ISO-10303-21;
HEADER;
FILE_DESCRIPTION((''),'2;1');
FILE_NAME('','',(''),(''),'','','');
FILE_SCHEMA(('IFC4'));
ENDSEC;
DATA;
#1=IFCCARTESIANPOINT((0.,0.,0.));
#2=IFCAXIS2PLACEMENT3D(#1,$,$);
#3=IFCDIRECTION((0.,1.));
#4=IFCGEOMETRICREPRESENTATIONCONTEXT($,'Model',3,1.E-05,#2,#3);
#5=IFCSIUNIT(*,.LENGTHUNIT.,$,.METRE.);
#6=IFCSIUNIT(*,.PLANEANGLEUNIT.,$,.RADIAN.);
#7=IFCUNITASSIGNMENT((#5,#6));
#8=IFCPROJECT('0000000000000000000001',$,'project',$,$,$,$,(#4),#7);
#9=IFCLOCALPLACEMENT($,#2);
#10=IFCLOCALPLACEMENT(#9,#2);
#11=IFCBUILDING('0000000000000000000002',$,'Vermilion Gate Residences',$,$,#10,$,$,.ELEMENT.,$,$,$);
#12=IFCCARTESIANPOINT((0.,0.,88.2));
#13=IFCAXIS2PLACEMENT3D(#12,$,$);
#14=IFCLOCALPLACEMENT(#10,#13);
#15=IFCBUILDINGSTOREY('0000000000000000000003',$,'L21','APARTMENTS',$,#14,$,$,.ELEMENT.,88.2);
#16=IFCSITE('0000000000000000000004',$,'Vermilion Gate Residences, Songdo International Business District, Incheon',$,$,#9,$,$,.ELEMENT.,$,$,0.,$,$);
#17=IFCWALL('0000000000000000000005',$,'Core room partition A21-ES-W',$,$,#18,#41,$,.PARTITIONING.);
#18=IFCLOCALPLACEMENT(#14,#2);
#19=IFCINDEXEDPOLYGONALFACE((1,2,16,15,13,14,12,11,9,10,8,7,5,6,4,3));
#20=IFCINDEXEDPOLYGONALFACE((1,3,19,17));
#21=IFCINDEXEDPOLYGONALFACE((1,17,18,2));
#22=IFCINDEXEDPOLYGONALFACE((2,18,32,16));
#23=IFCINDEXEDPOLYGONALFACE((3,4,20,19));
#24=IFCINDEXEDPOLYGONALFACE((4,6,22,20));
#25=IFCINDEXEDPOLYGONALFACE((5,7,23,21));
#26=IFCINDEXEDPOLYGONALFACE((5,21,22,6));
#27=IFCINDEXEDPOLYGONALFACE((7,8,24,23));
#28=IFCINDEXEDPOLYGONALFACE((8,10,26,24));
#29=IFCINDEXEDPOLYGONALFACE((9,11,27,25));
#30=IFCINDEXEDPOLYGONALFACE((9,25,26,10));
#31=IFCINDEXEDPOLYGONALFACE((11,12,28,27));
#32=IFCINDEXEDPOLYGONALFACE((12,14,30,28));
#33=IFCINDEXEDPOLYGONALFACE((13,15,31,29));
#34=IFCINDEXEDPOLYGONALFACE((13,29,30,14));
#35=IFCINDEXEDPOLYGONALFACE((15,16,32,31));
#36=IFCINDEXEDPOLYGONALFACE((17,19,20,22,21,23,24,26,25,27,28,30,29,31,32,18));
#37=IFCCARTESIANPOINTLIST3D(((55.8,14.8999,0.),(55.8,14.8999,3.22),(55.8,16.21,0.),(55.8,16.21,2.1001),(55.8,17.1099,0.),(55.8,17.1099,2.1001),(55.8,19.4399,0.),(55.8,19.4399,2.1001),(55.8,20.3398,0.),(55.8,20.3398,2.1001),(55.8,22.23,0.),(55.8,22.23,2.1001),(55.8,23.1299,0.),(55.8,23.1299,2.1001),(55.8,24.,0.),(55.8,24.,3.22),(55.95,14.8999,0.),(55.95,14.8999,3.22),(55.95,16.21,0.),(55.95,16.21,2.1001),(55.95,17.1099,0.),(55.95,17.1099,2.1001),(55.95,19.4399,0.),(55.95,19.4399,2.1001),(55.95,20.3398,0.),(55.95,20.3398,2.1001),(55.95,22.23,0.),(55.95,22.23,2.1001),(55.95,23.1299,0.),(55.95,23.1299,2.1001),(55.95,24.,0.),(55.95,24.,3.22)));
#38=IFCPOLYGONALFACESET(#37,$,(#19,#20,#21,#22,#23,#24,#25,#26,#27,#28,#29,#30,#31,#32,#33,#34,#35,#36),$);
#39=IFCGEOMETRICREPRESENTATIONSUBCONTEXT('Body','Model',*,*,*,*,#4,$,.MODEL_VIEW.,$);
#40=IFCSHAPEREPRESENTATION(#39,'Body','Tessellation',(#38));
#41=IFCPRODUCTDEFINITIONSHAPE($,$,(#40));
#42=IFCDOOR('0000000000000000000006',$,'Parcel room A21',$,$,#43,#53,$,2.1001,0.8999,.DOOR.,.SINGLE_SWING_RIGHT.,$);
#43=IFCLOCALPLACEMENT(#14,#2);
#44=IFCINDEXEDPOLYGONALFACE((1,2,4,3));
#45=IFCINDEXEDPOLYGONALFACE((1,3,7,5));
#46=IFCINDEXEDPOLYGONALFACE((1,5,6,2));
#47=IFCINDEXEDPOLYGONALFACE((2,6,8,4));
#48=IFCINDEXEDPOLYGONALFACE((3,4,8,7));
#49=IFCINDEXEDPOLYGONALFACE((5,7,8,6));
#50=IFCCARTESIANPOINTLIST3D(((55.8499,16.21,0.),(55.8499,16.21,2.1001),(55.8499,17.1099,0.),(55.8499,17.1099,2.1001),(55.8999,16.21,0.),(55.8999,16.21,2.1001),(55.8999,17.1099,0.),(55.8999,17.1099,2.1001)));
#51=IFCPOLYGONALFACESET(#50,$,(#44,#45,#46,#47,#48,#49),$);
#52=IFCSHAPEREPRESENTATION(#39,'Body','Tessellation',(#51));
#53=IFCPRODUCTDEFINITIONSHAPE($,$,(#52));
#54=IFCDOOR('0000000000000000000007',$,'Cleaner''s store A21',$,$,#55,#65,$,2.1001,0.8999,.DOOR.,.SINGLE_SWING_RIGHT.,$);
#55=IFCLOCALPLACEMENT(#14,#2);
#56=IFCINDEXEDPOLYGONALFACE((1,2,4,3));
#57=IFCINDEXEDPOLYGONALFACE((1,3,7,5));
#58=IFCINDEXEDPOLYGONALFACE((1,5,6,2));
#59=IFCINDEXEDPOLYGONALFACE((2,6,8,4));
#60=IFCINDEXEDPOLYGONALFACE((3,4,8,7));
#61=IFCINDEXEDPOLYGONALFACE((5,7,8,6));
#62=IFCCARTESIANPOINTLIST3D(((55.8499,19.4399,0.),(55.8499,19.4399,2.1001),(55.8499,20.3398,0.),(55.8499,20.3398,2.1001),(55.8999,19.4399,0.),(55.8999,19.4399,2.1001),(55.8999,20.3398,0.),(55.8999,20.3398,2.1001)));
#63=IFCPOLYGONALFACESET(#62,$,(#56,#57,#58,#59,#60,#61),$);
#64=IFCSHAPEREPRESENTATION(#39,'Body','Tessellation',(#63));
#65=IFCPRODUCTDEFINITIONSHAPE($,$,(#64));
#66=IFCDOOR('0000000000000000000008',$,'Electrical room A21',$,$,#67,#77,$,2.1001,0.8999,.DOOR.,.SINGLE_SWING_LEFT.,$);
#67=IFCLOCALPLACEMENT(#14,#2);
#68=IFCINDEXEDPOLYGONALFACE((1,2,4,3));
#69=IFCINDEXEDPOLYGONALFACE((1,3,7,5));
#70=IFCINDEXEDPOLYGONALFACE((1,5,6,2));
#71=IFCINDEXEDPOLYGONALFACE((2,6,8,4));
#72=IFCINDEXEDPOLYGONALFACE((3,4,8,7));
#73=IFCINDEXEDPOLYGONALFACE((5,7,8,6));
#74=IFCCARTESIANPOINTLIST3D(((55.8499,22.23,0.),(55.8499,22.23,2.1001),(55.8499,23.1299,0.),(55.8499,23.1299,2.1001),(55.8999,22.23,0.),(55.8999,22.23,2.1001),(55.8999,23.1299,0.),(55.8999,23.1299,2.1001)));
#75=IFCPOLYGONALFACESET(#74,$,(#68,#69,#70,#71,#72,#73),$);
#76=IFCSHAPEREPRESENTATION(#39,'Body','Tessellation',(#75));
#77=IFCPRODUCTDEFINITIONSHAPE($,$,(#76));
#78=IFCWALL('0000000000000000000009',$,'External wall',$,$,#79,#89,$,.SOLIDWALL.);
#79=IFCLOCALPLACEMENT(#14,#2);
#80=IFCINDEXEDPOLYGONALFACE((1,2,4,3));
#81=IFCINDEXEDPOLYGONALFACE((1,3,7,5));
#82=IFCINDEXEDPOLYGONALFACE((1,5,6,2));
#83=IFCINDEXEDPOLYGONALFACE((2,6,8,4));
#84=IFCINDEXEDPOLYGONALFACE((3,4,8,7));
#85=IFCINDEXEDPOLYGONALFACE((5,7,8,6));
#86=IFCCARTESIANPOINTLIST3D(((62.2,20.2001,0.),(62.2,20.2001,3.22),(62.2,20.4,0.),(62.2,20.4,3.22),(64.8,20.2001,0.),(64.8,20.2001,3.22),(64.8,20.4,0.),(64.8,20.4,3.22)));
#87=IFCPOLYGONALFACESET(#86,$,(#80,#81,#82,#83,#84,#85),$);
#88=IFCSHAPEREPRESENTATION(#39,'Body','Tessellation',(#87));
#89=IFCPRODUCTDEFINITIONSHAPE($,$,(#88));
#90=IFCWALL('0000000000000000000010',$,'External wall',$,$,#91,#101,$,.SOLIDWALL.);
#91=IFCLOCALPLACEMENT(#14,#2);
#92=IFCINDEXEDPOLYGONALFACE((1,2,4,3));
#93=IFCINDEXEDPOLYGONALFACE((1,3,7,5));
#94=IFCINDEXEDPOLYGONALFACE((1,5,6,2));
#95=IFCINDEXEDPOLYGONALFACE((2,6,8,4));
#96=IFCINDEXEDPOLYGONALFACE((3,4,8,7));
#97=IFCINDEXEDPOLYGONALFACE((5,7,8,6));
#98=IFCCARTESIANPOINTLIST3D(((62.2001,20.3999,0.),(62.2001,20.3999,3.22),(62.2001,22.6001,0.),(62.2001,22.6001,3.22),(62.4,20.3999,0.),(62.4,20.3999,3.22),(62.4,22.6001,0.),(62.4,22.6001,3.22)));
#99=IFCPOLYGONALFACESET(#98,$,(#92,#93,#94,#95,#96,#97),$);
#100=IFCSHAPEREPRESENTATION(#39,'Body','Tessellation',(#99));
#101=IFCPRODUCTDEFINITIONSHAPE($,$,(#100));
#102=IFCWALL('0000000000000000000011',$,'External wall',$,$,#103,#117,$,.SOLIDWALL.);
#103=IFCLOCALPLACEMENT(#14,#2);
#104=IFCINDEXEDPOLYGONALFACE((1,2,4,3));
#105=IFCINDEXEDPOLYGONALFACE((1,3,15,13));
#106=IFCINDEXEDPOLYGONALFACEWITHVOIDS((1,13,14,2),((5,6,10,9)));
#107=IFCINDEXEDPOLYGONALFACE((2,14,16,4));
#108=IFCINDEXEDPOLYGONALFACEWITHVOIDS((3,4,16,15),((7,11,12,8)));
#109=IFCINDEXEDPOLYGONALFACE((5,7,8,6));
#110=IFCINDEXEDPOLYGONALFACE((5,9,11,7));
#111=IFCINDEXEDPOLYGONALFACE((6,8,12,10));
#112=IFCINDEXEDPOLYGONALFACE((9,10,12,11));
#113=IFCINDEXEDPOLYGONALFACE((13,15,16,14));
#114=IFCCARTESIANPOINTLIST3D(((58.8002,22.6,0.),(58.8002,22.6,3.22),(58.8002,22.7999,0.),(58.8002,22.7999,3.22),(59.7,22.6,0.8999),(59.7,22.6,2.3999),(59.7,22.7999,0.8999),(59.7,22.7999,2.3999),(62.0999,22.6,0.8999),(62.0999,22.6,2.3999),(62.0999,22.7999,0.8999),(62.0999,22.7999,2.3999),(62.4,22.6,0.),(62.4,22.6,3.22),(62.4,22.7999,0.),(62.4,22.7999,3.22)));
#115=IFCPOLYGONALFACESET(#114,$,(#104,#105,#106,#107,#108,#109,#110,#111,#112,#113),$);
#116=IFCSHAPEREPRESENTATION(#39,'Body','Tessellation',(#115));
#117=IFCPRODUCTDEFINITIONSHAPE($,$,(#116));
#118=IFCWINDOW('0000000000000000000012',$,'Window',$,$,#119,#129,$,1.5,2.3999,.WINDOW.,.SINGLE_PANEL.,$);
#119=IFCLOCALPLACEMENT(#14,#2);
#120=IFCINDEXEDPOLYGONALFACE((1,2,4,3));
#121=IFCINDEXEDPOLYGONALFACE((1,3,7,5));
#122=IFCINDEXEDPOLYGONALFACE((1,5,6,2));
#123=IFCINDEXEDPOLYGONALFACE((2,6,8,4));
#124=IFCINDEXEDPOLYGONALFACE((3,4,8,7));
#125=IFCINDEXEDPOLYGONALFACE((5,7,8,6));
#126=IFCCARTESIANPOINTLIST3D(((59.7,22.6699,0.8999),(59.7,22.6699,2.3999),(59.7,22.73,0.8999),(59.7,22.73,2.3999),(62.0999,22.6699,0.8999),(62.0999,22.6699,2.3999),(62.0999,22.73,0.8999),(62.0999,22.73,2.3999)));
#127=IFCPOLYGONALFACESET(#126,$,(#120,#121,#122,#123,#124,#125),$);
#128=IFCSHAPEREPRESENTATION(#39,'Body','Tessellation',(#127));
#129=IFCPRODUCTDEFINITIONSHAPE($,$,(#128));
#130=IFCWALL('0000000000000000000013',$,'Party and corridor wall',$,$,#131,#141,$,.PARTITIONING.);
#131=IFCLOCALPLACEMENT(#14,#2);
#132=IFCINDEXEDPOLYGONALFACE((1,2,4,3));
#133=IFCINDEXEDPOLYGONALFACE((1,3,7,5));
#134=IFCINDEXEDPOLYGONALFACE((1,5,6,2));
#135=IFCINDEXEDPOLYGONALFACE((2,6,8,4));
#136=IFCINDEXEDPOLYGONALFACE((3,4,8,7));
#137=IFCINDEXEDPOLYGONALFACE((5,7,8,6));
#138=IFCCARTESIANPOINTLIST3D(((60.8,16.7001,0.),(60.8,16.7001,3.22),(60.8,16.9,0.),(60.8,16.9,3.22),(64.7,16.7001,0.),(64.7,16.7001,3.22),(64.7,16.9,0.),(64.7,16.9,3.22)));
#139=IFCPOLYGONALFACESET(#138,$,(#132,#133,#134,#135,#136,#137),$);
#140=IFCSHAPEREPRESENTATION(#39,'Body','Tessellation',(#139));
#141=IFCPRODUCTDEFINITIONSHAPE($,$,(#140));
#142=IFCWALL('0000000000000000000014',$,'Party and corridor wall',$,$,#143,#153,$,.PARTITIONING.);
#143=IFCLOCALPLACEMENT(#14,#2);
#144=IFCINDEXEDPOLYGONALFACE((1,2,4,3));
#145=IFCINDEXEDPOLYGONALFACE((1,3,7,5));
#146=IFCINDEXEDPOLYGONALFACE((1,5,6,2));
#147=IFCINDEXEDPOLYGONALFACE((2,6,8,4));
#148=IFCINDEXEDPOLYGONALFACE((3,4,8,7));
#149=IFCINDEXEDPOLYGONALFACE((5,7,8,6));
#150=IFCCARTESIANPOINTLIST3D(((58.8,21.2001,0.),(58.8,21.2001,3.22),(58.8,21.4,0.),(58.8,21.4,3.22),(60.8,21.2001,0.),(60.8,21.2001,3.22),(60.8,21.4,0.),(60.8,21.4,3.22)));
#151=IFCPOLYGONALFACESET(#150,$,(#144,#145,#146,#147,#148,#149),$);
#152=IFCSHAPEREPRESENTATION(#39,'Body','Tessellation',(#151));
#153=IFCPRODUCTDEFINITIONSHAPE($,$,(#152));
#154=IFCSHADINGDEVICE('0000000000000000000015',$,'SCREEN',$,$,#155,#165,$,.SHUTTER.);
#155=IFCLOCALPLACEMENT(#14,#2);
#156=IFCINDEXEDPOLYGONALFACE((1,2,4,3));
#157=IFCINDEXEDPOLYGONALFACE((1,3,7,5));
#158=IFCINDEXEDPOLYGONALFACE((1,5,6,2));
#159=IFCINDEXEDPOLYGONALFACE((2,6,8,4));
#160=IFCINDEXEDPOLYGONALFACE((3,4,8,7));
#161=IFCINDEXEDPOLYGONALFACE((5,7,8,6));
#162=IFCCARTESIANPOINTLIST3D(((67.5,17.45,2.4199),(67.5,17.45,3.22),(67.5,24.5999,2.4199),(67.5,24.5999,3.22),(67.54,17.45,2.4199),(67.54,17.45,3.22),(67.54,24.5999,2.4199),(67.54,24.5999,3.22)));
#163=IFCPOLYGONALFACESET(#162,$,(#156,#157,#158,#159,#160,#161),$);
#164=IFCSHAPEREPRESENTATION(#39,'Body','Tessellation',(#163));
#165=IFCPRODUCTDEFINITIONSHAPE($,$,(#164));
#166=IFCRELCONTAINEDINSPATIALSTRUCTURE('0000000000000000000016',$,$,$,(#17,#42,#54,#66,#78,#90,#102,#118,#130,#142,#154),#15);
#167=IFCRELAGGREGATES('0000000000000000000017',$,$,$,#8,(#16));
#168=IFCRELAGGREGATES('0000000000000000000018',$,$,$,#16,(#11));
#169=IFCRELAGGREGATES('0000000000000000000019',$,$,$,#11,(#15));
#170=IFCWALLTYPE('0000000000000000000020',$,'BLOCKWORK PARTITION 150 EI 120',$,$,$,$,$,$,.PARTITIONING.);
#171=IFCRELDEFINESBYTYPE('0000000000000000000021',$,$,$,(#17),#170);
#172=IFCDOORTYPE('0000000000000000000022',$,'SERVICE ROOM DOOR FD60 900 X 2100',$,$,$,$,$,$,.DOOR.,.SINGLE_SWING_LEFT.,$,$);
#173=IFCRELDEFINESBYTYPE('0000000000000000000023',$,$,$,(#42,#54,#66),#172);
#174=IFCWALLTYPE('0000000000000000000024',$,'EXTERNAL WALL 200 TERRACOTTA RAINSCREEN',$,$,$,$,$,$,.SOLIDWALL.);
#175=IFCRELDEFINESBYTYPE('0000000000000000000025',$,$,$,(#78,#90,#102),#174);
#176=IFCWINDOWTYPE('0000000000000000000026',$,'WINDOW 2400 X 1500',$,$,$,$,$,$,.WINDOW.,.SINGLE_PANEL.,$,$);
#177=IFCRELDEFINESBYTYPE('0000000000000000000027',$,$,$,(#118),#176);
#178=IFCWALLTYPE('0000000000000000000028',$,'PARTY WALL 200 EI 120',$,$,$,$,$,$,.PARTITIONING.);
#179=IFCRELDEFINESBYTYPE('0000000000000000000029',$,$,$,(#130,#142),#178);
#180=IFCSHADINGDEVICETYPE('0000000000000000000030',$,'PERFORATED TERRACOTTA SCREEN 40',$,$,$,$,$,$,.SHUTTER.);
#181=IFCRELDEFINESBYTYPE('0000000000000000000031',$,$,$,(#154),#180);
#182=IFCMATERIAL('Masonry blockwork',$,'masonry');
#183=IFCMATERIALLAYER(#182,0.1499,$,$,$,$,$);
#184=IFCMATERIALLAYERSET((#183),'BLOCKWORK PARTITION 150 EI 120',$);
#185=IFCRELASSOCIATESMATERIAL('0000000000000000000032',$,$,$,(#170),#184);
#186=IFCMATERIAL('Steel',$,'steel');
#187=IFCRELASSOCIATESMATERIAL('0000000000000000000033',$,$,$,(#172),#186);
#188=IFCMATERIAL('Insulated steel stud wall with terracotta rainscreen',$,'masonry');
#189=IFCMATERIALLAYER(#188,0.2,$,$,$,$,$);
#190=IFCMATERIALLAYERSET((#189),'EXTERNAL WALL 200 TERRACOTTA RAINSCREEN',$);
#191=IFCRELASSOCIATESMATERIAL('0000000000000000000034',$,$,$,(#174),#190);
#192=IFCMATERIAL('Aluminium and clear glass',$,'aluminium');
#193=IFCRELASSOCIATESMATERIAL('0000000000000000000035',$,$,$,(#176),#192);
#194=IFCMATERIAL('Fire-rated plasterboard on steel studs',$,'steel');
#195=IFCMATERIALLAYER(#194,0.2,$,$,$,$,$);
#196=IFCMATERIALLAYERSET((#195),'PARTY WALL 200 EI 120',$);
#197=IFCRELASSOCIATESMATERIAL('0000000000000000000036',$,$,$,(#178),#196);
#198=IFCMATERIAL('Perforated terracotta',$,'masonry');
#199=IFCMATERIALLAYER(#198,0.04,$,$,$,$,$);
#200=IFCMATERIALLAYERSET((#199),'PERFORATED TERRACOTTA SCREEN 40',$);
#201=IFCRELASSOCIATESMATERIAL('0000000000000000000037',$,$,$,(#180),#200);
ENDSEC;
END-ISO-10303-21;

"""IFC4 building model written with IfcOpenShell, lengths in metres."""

from ifc_helpers import new_model, si_unit, direction, frame, frame_2d, origin, origin_2d, place, context, subcontext, project, spatial, rectangle, extrude, material, layer, layer_set, type_object, element, fill, save


model = new_model("IFC4")

# Units and contexts
model_context = context("Model", 3, precision=1e-05, world=origin(), true_north=direction((0.0, 1.0)))
body_context = subcontext(model_context, "Body", "Model", "MODEL_VIEW")
ifc_project = project(units=[si_unit("LENGTHUNIT", "METRE"), si_unit("PLANEANGLEUNIT", "RADIAN")], contexts=[model_context])

# Site, building, storey
site_placement = place(None, origin())
site = spatial("IfcSite", under=ifc_project, at=site_placement, Name="Vermilion Gate Residences, Songdo International Business District, Incheon", CompositionType="ELEMENT", RefElevation=0.0)
building_placement = place(site_placement, origin())
building = spatial("IfcBuilding", under=site, at=building_placement, Name="Vermilion Gate Residences", CompositionType="ELEMENT")
storey_placement = place(building_placement, frame((0.0, 0.0, 88.2)))
storey = spatial("IfcBuildingStorey", under=building, at=storey_placement, Name="L21", Description="APARTMENTS", CompositionType="ELEMENT", Elevation=88.2)

# Shared definitions
ifc_material_1 = material(Name="Masonry blockwork", Category="masonry")
ifc_layer_1 = layer(ifc_material_1, 0.1499)
ifc_layer_set_1 = layer_set([ifc_layer_1], Name="BLOCKWORK PARTITION 150 EI 120")
wall_type_1 = type_object("IfcWallType", Name="BLOCKWORK PARTITION 150 EI 120", PredefinedType="PARTITIONING", material=ifc_layer_set_1)

# Wall, openings, doors
wall_1_placement = place(storey_placement, frame((55.875, 14.8999, 0.0), z_axis=(0.0, 0.0, 1.0), x_axis=(0.0, 1.0, 0.0)))
wall_1 = element("IfcWall", 1, at=wall_1_placement, inside=storey, type_object=wall_type_1, Name="Core room partition A21-ES-W", PredefinedType="PARTITIONING", context=body_context, shape_type="SweptSolid", body=[
    extrude(rectangle(XDim=9.1001, YDim=0.1499, at=frame_2d((4.55, 0.0))), origin(), (0.0, 0.0, 1.0), 3.22),
])
opening_1_placement = place(wall_1_placement, frame((1.3101, 0.0, 0.0)))
opening_1 = element("IfcOpeningElement", 2, at=opening_1_placement, cuts=wall_1, PredefinedType="OPENING", context=body_context, shape_type="SweptSolid", body=[
    extrude(rectangle(XDim=0.8999, YDim=2.1001, at=frame_2d((0.45, 1.05))), frame((0.0, 0.085, 0.0), z_axis=(0.0, -1.0, 0.0), x_axis=(1.0, 0.0, 0.0)), (0.0, 0.0, 1.0), 0.1699),
])
opening_2_placement = place(wall_1_placement, frame((4.54, 0.0, 0.0)))
opening_2 = element("IfcOpeningElement", 3, at=opening_2_placement, cuts=wall_1, PredefinedType="OPENING", context=body_context, shape_type="SweptSolid", body=[
    extrude(rectangle(XDim=0.8999, YDim=2.1001, at=frame_2d((0.45, 1.05))), frame((0.0, 0.085, 0.0), z_axis=(0.0, -1.0, 0.0), x_axis=(1.0, 0.0, 0.0)), (0.0, 0.0, 1.0), 0.1699),
])
opening_3_placement = place(wall_1_placement, frame((7.3301, 0.0, 0.0)))
opening_3 = element("IfcOpeningElement", 4, at=opening_3_placement, cuts=wall_1, PredefinedType="OPENING", context=body_context, shape_type="SweptSolid", body=[
    extrude(rectangle(XDim=0.8999, YDim=2.1001, at=frame_2d((0.45, 1.05))), frame((0.0, 0.085, 0.0), z_axis=(0.0, -1.0, 0.0), x_axis=(1.0, 0.0, 0.0)), (0.0, 0.0, 1.0), 0.1699),
])
ifc_material_2 = material(Name="Steel", Category="steel")
door_type_1 = type_object("IfcDoorType", Name="SERVICE ROOM DOOR FD60 900 X 2100", OperationType="SINGLE_SWING_LEFT", PredefinedType="DOOR", material=ifc_material_2)
door_1_placement = place(opening_1_placement, frame((0.8999, 0.0, 0.0), z_axis=(0.0, 0.0, 1.0), x_axis=(-1.0, 0.0, 0.0)))
door_1 = element("IfcDoor", 5, at=door_1_placement, inside=storey, type_object=door_type_1, Name="Parcel room A21", OperationType="SINGLE_SWING_RIGHT", OverallHeight=2.1001, OverallWidth=0.8999, PredefinedType="DOOR", context=body_context, shape_type="SweptSolid", body=[
    extrude(rectangle(XDim=0.8999, YDim=2.1001, at=frame_2d((0.45, 1.05))), frame((0.0, 0.0249, 0.0), z_axis=(0.0, -1.0, 0.0), x_axis=(1.0, 0.0, 0.0)), (0.0, 0.0, 1.0), 0.05),
])
fill(opening_1, door_1)
door_2_placement = place(opening_2_placement, frame((0.8999, 0.0, 0.0), z_axis=(0.0, 0.0, 1.0), x_axis=(-1.0, 0.0, 0.0)))
door_2 = element("IfcDoor", 6, at=door_2_placement, inside=storey, type_object=door_type_1, Name="Cleaner's store A21", OperationType="SINGLE_SWING_RIGHT", OverallHeight=2.1001, OverallWidth=0.8999, PredefinedType="DOOR", context=body_context, shape_type="SweptSolid", body=[
    extrude(rectangle(XDim=0.8999, YDim=2.1001, at=frame_2d((0.45, 1.05))), frame((0.0, 0.0249, 0.0), z_axis=(0.0, -1.0, 0.0), x_axis=(1.0, 0.0, 0.0)), (0.0, 0.0, 1.0), 0.05),
])
fill(opening_2, door_2)
door_3_placement = place(opening_3_placement, frame((0.8999, 0.0, 0.0), z_axis=(0.0, 0.0, 1.0), x_axis=(-1.0, 0.0, 0.0)))
door_3 = element("IfcDoor", 7, at=door_3_placement, inside=storey, type_object=door_type_1, Name="Electrical room A21", OperationType="SINGLE_SWING_LEFT", OverallHeight=2.1001, OverallWidth=0.8999, PredefinedType="DOOR", context=body_context, shape_type="SweptSolid", body=[
    extrude(rectangle(XDim=0.8999, YDim=2.1001, at=frame_2d((0.45, 1.05))), frame((0.0, 0.0249, 0.0), z_axis=(0.0, -1.0, 0.0), x_axis=(1.0, 0.0, 0.0)), (0.0, 0.0, 1.0), 0.05),
])
fill(opening_3, door_3)

# Walls
ifc_material_3 = material(Name="Insulated steel stud wall with terracotta rainscreen", Category="masonry")
ifc_layer_2 = layer(ifc_material_3, 0.2)
ifc_layer_set_2 = layer_set([ifc_layer_2], Name="EXTERNAL WALL 200 TERRACOTTA RAINSCREEN")
wall_type_2 = type_object("IfcWallType", Name="EXTERNAL WALL 200 TERRACOTTA RAINSCREEN", PredefinedType="SOLIDWALL", material=ifc_layer_set_2)
wall_2_placement = place(storey_placement, frame((64.8, 20.3, 0.0), z_axis=(0.0, 0.0, 1.0), x_axis=(-1.0, 0.0, 0.0)))
element("IfcWall", 8, at=wall_2_placement, inside=storey, type_object=wall_type_2, Name="External wall", PredefinedType="SOLIDWALL", context=body_context, shape_type="SweptSolid", body=[
    extrude(rectangle(XDim=2.6001, YDim=0.2, at=frame_2d((1.3, 0.0))), origin(), (0.0, 0.0, 1.0), 3.22),
])
wall_3_placement = place(storey_placement, frame((62.3, 20.3999, 0.0), z_axis=(0.0, 0.0, 1.0), x_axis=(0.0, 1.0, 0.0)))
element("IfcWall", 9, at=wall_3_placement, inside=storey, type_object=wall_type_2, Name="External wall", PredefinedType="SOLIDWALL", context=body_context, shape_type="SweptSolid", body=[
    extrude(rectangle(XDim=2.2002, YDim=0.2, at=frame_2d((1.1001, 0.0))), origin(), (0.0, 0.0, 1.0), 3.22),
])

# Wall, opening, window
wall_4_placement = place(storey_placement, frame((62.3999, 22.7, 0.0), z_axis=(0.0, 0.0, 1.0), x_axis=(-1.0, 0.0, 0.0)))
wall_4 = element("IfcWall", 10, at=wall_4_placement, inside=storey, type_object=wall_type_2, Name="External wall", PredefinedType="SOLIDWALL", context=body_context, shape_type="SweptSolid", body=[
    extrude(rectangle(XDim=3.5999, YDim=0.2, at=frame_2d((1.7998, 0.0))), origin(), (0.0, 0.0, 1.0), 3.22),
])
opening_4_placement = place(wall_4_placement, frame((0.3, 0.0, 0.8999)))
opening_4 = element("IfcOpeningElement", 11, at=opening_4_placement, cuts=wall_4, PredefinedType="OPENING", context=body_context, shape_type="SweptSolid", body=[
    extrude(rectangle(XDim=2.3999, YDim=1.5, at=frame_2d((1.2, 0.75))), frame((0.0, 0.1099, 0.0), z_axis=(0.0, -1.0, 0.0), x_axis=(1.0, 0.0, 0.0)), (0.0, 0.0, 1.0), 0.22),
])
ifc_material_4 = material(Name="Aluminium and clear glass", Category="aluminium")
window_type = type_object("IfcWindowType", Name="WINDOW 2400 X 1500", PartitioningType="SINGLE_PANEL", PredefinedType="WINDOW", material=ifc_material_4)
window_placement = place(opening_4_placement, origin())
window = element("IfcWindow", 12, at=window_placement, inside=storey, type_object=window_type, Name="Window", OverallHeight=1.5, OverallWidth=2.3999, PartitioningType="SINGLE_PANEL", PredefinedType="WINDOW", context=body_context, shape_type="SweptSolid", body=[
    extrude(rectangle(XDim=2.3999, YDim=1.5, at=frame_2d((1.2, 0.75))), frame((0.0, 0.03, 0.0), z_axis=(0.0, -1.0, 0.0), x_axis=(1.0, 0.0, 0.0)), (0.0, 0.0, 1.0), 0.0601),
])
fill(opening_4, window)

# Walls
ifc_material_5 = material(Name="Fire-rated plasterboard on steel studs", Category="steel")
ifc_layer_3 = layer(ifc_material_5, 0.2)
ifc_layer_set_3 = layer_set([ifc_layer_3], Name="PARTY WALL 200 EI 120")
wall_type_3 = type_object("IfcWallType", Name="PARTY WALL 200 EI 120", PredefinedType="PARTITIONING", material=ifc_layer_set_3)
wall_5_placement = place(storey_placement, frame((60.8, 16.8, 0.0), z_axis=(0.0, 0.0, 1.0), x_axis=(1.0, 0.0, 0.0)))
element("IfcWall", 13, at=wall_5_placement, inside=storey, type_object=wall_type_3, Name="Party and corridor wall", PredefinedType="PARTITIONING", context=body_context, shape_type="SweptSolid", body=[
    extrude(rectangle(XDim=3.8999, YDim=0.2, at=frame_2d((1.95, 0.0))), origin(), (0.0, 0.0, 1.0), 3.22),
])
wall_6_placement = place(storey_placement, frame((58.8, 21.3, 0.0), z_axis=(0.0, 0.0, 1.0), x_axis=(1.0, 0.0, 0.0)))
element("IfcWall", 14, at=wall_6_placement, inside=storey, type_object=wall_type_3, Name="Party and corridor wall", PredefinedType="PARTITIONING", context=body_context, shape_type="SweptSolid", body=[
    extrude(rectangle(XDim=2.0, YDim=0.2, at=frame_2d((1.0, 0.0))), origin(), (0.0, 0.0, 1.0), 3.22),
])

# Shading device
ifc_material_6 = material(Name="Perforated terracotta", Category="masonry")
ifc_layer_4 = layer(ifc_material_6, 0.04)
ifc_layer_set_4 = layer_set([ifc_layer_4], Name="PERFORATED TERRACOTTA SCREEN 40")
shading_device_type_1 = type_object("IfcShadingDeviceType", Name="PERFORATED TERRACOTTA SCREEN 40", PredefinedType="SHUTTER", material=ifc_layer_set_4)
shading_device_1_placement = place(storey_placement, frame((67.52, 21.0249, 2.4199), z_axis=(0.0, 0.0, 1.0), x_axis=(0.0, 1.0, 0.0)))
element("IfcShadingDevice", 15, at=shading_device_1_placement, inside=storey, type_object=shading_device_type_1, Name="SCREEN", PredefinedType="SHUTTER", context=body_context, shape_type="SweptSolid", body=[
    extrude(rectangle(XDim=7.1499, YDim=0.04, at=origin_2d()), origin(), (0.0, 0.0, 1.0), 0.8),
])

save(model, "model.ifc")
